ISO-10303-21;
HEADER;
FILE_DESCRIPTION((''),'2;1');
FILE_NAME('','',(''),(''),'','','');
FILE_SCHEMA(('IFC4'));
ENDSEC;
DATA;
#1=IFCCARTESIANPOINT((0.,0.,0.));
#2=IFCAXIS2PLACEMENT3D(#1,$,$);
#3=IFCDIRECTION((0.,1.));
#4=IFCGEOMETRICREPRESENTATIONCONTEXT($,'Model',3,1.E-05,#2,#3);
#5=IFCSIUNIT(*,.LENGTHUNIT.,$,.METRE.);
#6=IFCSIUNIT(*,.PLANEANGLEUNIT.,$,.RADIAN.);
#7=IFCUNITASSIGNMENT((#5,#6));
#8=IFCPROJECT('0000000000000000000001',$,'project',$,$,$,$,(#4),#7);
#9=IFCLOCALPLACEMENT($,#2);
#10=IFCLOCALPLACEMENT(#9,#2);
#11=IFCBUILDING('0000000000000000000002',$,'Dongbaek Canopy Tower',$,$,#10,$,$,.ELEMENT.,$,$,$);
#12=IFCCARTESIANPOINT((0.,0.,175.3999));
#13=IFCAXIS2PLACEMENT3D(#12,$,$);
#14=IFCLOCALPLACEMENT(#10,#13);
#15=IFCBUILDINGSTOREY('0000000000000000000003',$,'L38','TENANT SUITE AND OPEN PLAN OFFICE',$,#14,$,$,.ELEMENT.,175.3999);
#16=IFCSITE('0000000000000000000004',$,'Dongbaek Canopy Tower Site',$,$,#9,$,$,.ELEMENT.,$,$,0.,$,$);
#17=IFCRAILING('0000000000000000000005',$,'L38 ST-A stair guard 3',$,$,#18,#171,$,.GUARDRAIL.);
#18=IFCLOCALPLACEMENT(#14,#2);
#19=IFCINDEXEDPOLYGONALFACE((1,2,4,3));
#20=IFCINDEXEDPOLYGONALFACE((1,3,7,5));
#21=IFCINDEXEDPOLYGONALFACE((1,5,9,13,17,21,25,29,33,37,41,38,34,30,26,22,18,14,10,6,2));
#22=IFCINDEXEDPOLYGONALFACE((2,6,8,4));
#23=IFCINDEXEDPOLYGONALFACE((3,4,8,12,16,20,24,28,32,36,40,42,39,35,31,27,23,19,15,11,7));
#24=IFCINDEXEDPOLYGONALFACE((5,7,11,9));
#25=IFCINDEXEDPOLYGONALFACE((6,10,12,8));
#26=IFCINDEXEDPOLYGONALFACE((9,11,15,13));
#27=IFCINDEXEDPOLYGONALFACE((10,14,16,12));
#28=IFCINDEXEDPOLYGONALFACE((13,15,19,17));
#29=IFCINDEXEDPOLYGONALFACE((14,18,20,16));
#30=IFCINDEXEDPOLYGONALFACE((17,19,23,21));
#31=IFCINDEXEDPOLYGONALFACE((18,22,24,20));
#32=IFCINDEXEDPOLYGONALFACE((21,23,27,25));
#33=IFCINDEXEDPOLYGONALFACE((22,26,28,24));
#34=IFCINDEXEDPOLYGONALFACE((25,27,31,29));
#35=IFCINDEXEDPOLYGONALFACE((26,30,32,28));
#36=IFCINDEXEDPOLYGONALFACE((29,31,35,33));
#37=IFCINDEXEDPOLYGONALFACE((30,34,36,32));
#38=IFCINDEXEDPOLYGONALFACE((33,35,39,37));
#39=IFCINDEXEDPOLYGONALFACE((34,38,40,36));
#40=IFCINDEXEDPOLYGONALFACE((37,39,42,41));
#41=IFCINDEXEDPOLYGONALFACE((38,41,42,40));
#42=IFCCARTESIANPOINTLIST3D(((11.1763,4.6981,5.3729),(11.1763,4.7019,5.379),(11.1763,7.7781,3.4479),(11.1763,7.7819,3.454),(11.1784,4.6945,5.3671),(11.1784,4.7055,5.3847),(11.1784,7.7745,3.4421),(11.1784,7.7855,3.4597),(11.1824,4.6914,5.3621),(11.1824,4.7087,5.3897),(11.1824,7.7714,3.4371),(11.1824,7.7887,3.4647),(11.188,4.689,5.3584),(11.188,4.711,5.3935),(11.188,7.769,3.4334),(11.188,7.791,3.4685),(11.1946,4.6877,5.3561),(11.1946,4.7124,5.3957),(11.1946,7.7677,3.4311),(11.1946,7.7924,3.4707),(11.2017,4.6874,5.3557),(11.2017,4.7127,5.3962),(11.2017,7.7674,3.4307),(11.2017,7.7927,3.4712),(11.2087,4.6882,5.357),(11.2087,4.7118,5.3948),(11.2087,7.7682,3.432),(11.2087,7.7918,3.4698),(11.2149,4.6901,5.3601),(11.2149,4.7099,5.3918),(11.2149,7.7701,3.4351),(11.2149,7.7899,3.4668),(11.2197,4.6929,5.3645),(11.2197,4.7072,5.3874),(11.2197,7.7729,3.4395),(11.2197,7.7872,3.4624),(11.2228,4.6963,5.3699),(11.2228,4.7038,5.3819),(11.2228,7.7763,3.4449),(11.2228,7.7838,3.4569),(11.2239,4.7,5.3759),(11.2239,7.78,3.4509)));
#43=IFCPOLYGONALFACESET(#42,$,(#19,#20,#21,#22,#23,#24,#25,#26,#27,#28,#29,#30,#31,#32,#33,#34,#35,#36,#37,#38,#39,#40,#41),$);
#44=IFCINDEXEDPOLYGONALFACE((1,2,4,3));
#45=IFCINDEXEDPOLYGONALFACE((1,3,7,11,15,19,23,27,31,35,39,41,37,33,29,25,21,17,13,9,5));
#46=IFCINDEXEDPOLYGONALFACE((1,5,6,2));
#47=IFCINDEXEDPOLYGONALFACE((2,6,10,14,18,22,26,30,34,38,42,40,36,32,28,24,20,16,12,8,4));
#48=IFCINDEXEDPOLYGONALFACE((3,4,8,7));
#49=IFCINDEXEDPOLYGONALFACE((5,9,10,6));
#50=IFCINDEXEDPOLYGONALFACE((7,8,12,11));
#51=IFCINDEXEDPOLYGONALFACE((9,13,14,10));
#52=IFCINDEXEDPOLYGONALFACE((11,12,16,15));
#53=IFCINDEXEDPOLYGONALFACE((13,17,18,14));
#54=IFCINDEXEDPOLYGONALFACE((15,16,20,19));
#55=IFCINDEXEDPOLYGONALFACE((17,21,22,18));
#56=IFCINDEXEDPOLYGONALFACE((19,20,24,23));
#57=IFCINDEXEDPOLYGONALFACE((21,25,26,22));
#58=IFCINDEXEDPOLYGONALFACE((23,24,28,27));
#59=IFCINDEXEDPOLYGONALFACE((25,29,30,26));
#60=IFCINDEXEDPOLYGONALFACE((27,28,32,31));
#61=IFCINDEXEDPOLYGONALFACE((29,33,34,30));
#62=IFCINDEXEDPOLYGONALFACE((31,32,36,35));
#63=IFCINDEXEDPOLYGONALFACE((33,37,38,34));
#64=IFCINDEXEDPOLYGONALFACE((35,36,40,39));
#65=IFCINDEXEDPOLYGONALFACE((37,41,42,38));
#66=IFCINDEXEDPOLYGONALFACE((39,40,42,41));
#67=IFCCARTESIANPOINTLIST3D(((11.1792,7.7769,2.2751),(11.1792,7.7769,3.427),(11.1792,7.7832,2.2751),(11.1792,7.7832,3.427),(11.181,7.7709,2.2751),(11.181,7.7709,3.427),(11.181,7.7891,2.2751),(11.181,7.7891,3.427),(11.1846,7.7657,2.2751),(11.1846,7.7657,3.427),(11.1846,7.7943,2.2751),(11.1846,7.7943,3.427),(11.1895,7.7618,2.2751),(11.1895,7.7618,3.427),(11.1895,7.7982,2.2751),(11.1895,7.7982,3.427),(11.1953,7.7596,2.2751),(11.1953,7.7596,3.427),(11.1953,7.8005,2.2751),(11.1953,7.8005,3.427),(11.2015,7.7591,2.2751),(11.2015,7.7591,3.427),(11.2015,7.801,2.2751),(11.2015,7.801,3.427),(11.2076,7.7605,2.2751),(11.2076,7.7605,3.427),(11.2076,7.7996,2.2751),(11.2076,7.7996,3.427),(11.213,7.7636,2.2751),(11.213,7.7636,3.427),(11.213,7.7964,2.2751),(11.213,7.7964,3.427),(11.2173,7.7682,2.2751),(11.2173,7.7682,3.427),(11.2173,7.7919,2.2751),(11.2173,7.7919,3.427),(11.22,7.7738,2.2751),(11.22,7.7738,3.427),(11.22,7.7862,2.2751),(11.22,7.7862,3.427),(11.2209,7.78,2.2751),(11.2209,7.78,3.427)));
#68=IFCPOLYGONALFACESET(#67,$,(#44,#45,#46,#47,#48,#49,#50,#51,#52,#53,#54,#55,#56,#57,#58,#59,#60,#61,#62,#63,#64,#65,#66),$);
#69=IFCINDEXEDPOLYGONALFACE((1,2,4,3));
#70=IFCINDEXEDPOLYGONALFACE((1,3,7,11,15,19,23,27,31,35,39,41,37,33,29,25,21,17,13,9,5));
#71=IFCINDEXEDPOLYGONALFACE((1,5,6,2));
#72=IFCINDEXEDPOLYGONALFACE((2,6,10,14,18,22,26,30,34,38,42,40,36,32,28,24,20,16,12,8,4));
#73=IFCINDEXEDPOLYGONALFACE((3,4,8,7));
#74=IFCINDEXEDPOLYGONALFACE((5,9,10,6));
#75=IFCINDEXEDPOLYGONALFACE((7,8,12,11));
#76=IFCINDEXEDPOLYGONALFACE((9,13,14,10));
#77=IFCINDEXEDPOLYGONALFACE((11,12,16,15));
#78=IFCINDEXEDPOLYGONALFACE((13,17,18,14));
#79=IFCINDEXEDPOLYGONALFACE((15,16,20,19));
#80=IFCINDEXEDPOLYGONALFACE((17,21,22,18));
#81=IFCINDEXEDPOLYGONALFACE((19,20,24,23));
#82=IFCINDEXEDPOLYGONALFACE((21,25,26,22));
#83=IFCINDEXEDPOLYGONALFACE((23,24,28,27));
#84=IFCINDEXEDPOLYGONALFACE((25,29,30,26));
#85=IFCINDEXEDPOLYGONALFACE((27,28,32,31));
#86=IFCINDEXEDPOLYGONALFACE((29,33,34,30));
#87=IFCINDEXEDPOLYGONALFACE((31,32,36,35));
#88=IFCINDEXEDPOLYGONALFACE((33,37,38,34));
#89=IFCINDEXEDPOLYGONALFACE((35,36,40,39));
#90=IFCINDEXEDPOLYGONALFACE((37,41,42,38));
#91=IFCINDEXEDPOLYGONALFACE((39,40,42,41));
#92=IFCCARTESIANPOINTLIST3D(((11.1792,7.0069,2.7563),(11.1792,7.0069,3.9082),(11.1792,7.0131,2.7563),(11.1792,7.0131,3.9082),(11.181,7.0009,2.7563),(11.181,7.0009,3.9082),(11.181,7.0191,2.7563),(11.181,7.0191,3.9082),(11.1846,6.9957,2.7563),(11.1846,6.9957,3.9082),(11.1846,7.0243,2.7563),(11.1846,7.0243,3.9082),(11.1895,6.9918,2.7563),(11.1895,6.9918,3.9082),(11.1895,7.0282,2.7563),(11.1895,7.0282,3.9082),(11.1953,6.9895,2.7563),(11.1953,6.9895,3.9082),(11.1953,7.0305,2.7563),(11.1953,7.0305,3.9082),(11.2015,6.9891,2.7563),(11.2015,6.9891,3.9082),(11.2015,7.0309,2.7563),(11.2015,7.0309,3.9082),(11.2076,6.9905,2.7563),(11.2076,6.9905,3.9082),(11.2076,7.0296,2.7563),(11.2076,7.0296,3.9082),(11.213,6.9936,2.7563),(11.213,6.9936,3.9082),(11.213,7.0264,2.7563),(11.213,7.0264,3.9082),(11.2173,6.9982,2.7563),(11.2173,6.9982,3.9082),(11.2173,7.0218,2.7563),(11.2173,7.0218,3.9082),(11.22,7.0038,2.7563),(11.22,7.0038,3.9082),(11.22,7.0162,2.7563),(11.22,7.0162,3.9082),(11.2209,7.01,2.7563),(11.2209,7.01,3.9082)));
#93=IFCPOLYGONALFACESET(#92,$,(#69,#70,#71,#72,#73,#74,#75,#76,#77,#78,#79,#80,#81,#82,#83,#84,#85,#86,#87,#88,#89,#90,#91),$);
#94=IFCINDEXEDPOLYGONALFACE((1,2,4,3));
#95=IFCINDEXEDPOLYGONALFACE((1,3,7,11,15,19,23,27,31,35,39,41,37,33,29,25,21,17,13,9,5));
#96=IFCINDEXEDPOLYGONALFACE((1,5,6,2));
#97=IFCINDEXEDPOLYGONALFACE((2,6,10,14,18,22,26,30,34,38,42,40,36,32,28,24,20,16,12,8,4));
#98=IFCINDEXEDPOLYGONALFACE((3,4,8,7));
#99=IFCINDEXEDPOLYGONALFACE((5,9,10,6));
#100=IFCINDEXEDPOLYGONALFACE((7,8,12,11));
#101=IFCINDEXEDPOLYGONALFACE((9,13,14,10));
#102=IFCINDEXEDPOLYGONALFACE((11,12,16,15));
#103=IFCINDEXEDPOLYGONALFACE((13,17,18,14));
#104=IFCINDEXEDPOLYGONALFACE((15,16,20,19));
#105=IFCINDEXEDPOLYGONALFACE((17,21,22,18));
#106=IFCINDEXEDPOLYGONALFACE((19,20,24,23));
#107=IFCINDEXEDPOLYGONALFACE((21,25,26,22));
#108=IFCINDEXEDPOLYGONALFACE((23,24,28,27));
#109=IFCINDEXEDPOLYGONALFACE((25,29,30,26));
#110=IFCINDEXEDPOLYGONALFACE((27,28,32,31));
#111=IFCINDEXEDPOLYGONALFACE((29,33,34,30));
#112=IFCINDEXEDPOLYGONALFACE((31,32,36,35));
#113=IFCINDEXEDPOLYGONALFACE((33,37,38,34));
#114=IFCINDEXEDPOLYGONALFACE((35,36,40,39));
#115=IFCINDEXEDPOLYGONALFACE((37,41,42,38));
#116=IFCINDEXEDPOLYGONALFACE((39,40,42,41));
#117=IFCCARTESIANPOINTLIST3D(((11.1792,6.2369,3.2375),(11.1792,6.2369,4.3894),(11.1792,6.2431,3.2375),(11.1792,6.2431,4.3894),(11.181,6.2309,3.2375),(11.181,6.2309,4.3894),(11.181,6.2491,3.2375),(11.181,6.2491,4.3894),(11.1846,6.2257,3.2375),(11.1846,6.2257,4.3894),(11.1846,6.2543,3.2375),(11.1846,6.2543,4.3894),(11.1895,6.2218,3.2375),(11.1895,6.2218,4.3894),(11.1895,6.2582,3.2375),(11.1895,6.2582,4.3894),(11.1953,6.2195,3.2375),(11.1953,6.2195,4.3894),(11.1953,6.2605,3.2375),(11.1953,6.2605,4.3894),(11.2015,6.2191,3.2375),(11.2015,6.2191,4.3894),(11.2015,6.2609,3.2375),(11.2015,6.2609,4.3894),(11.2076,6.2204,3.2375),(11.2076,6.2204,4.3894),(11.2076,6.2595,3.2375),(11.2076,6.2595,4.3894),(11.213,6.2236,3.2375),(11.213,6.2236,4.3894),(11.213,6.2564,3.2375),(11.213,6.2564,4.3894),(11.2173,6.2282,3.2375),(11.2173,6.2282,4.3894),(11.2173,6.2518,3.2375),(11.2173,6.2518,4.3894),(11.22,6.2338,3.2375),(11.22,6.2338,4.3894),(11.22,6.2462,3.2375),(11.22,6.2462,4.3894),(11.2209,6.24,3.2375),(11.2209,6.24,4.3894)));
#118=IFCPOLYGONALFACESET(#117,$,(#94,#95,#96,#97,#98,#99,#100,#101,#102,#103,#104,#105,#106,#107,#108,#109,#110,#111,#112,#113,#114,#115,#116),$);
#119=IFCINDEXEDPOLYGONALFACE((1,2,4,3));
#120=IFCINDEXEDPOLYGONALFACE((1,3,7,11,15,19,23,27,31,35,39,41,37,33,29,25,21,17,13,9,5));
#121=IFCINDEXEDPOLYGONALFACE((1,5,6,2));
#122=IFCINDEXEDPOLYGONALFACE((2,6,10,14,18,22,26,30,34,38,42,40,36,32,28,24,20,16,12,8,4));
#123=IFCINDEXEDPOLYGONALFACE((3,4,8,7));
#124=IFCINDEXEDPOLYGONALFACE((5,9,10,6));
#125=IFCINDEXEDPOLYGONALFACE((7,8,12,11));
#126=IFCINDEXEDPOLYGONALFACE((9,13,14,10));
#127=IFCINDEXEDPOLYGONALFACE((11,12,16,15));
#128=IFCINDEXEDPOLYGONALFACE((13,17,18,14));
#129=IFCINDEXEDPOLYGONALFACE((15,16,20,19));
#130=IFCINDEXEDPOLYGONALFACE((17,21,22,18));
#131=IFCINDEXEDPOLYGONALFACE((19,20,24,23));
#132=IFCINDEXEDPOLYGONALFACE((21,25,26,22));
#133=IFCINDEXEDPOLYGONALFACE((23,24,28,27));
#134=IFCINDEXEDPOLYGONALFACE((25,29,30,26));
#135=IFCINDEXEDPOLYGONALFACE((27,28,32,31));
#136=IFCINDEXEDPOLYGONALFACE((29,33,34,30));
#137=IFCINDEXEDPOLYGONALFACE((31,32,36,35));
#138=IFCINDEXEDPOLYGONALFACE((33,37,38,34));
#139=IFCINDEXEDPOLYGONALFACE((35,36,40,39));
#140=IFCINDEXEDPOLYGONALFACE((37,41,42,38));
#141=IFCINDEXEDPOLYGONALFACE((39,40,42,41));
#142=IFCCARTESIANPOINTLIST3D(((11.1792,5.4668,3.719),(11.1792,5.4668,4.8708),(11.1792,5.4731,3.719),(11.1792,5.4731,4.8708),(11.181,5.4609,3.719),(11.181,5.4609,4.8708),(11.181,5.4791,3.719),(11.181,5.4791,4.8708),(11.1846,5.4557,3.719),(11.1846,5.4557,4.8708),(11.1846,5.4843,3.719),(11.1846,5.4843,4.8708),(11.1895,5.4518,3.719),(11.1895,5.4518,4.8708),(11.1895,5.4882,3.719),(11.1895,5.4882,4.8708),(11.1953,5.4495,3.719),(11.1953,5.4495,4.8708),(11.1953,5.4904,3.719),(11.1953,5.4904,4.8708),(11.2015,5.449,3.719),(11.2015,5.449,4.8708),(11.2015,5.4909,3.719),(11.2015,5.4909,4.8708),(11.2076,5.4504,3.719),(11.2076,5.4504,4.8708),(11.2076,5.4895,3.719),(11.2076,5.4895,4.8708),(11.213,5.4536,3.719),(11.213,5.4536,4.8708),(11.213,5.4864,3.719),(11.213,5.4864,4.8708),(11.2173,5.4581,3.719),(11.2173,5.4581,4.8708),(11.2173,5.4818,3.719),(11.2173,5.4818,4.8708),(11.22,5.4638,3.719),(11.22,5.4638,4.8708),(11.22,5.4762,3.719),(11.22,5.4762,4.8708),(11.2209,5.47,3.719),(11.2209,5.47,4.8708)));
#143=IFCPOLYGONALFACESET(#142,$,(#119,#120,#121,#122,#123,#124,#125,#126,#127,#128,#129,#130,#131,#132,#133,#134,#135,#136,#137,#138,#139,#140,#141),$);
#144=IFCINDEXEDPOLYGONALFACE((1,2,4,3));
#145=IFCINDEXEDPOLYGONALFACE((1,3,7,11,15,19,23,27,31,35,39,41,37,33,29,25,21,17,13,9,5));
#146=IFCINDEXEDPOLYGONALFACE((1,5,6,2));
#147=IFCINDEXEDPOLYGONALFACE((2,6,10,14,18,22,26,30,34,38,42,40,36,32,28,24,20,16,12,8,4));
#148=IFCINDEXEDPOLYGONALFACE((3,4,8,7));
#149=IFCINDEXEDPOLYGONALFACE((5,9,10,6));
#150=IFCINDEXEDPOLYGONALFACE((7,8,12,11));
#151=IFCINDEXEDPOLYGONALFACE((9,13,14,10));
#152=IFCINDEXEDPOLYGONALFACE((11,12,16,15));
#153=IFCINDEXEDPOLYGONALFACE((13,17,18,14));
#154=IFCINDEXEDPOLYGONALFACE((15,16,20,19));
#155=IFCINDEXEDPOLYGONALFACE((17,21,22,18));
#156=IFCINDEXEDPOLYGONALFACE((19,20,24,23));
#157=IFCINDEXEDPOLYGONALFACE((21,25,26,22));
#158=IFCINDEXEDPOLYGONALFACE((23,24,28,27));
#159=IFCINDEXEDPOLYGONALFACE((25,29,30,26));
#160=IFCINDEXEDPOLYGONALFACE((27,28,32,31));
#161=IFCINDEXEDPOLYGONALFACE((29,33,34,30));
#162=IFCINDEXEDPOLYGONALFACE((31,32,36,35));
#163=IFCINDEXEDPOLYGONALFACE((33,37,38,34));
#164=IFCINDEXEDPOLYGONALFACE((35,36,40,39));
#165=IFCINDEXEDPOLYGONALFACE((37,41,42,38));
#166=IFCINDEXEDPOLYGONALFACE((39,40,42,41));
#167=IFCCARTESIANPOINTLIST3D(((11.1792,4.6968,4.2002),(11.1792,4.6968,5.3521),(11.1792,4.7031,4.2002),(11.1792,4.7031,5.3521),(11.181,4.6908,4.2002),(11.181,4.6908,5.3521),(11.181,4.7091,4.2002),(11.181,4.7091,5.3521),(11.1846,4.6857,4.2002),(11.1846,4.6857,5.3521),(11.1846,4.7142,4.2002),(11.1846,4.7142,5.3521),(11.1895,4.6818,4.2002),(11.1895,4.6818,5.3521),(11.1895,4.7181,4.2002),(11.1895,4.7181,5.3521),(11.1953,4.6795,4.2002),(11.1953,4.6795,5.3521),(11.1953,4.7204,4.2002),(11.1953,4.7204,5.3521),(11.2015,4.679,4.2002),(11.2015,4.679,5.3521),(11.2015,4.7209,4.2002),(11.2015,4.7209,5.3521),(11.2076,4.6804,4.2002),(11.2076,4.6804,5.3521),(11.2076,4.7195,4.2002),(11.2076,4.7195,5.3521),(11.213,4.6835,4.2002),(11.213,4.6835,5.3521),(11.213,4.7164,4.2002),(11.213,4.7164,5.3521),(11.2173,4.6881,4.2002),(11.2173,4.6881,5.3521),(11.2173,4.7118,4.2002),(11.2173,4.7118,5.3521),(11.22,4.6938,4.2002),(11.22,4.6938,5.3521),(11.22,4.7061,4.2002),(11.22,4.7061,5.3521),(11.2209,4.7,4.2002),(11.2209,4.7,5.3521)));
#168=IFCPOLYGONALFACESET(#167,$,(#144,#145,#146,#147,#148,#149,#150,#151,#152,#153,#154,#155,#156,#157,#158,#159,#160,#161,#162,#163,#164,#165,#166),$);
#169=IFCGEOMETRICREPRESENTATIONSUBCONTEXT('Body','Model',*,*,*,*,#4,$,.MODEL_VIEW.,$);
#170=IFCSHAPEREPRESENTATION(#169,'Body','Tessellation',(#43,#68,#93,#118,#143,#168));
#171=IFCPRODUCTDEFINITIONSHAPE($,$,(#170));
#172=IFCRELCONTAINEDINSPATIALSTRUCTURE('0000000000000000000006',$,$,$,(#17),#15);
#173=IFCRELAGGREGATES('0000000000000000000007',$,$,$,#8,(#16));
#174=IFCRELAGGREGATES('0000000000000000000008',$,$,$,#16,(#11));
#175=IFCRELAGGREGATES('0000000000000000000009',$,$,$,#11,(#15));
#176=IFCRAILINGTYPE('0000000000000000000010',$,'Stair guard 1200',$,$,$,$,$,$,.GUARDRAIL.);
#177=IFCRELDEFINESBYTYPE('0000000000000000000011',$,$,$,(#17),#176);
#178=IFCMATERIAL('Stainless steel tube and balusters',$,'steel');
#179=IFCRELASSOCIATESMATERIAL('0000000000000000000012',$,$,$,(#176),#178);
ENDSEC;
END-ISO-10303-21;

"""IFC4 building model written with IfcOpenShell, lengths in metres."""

from ifc_helpers import new_model, si_unit, direction, frame, origin, origin_2d, place, context, subcontext, project, spatial, circle, extrude, material, type_object, element, save


model = new_model("IFC4")

# Units and contexts
model_context = context("Model", 3, precision=1e-05, world=origin(), true_north=direction((0.0, 1.0)))
body_context = subcontext(model_context, "Body", "Model", "MODEL_VIEW")
ifc_project = project(units=[si_unit("LENGTHUNIT", "METRE"), si_unit("PLANEANGLEUNIT", "RADIAN")], contexts=[model_context])

# Site, building, storey
site_placement = place(None, origin())
site = spatial("IfcSite", under=ifc_project, at=site_placement, Name="Dongbaek Canopy Tower Site", CompositionType="ELEMENT", RefElevation=0.0)
building_placement = place(site_placement, origin())
building = spatial("IfcBuilding", under=site, at=building_placement, Name="Dongbaek Canopy Tower", CompositionType="ELEMENT")
storey_placement = place(building_placement, frame((0.0, 0.0, 175.3999)))
storey = spatial("IfcBuildingStorey", under=building, at=storey_placement, Name="L38", Description="TENANT SUITE AND OPEN PLAN OFFICE", CompositionType="ELEMENT", Elevation=175.3999)

# Railing
ifc_material_1 = material(Name="Stainless steel tube and balusters", Category="steel")
railing_type = type_object("IfcRailingType", Name="Stair guard 1200", PredefinedType="GUARDRAIL", material=ifc_material_1)
railing_1_placement = place(storey_placement, frame((11.2, 7.78, 2.2751)))
element("IfcRailing", 1, at=railing_1_placement, inside=storey, type_object=railing_type, Name="L38 ST-A stair guard 3", PredefinedType="GUARDRAIL", context=body_context, shape_type="SweptSolid", body=[
    extrude(circle(Radius=0.0239, at=origin_2d()), frame((0.0, 0.0, 1.1758), z_axis=(0.0, -0.847998, 0.529999), x_axis=(1.0, 0.0, 0.0)), (0.0, 0.0, 1.0), 3.6321),
    extrude(circle(Radius=0.021, at=origin_2d()), origin(), (0.0, 0.0, 1.0), 1.1519),
    extrude(circle(Radius=0.021, at=origin_2d()), frame((0.0, -0.77, 0.4812)), (0.0, 0.0, 1.0), 1.1519),
    extrude(circle(Radius=0.021, at=origin_2d()), frame((0.0, -1.54, 0.9624)), (0.0, 0.0, 1.0), 1.1519),
    extrude(circle(Radius=0.021, at=origin_2d()), frame((0.0, -2.3101, 1.4438)), (0.0, 0.0, 1.0), 1.1519),
    extrude(circle(Radius=0.021, at=origin_2d()), frame((0.0, -3.0801, 1.925)), (0.0, 0.0, 1.0), 1.1519),
])

save(model, "model.ifc")
